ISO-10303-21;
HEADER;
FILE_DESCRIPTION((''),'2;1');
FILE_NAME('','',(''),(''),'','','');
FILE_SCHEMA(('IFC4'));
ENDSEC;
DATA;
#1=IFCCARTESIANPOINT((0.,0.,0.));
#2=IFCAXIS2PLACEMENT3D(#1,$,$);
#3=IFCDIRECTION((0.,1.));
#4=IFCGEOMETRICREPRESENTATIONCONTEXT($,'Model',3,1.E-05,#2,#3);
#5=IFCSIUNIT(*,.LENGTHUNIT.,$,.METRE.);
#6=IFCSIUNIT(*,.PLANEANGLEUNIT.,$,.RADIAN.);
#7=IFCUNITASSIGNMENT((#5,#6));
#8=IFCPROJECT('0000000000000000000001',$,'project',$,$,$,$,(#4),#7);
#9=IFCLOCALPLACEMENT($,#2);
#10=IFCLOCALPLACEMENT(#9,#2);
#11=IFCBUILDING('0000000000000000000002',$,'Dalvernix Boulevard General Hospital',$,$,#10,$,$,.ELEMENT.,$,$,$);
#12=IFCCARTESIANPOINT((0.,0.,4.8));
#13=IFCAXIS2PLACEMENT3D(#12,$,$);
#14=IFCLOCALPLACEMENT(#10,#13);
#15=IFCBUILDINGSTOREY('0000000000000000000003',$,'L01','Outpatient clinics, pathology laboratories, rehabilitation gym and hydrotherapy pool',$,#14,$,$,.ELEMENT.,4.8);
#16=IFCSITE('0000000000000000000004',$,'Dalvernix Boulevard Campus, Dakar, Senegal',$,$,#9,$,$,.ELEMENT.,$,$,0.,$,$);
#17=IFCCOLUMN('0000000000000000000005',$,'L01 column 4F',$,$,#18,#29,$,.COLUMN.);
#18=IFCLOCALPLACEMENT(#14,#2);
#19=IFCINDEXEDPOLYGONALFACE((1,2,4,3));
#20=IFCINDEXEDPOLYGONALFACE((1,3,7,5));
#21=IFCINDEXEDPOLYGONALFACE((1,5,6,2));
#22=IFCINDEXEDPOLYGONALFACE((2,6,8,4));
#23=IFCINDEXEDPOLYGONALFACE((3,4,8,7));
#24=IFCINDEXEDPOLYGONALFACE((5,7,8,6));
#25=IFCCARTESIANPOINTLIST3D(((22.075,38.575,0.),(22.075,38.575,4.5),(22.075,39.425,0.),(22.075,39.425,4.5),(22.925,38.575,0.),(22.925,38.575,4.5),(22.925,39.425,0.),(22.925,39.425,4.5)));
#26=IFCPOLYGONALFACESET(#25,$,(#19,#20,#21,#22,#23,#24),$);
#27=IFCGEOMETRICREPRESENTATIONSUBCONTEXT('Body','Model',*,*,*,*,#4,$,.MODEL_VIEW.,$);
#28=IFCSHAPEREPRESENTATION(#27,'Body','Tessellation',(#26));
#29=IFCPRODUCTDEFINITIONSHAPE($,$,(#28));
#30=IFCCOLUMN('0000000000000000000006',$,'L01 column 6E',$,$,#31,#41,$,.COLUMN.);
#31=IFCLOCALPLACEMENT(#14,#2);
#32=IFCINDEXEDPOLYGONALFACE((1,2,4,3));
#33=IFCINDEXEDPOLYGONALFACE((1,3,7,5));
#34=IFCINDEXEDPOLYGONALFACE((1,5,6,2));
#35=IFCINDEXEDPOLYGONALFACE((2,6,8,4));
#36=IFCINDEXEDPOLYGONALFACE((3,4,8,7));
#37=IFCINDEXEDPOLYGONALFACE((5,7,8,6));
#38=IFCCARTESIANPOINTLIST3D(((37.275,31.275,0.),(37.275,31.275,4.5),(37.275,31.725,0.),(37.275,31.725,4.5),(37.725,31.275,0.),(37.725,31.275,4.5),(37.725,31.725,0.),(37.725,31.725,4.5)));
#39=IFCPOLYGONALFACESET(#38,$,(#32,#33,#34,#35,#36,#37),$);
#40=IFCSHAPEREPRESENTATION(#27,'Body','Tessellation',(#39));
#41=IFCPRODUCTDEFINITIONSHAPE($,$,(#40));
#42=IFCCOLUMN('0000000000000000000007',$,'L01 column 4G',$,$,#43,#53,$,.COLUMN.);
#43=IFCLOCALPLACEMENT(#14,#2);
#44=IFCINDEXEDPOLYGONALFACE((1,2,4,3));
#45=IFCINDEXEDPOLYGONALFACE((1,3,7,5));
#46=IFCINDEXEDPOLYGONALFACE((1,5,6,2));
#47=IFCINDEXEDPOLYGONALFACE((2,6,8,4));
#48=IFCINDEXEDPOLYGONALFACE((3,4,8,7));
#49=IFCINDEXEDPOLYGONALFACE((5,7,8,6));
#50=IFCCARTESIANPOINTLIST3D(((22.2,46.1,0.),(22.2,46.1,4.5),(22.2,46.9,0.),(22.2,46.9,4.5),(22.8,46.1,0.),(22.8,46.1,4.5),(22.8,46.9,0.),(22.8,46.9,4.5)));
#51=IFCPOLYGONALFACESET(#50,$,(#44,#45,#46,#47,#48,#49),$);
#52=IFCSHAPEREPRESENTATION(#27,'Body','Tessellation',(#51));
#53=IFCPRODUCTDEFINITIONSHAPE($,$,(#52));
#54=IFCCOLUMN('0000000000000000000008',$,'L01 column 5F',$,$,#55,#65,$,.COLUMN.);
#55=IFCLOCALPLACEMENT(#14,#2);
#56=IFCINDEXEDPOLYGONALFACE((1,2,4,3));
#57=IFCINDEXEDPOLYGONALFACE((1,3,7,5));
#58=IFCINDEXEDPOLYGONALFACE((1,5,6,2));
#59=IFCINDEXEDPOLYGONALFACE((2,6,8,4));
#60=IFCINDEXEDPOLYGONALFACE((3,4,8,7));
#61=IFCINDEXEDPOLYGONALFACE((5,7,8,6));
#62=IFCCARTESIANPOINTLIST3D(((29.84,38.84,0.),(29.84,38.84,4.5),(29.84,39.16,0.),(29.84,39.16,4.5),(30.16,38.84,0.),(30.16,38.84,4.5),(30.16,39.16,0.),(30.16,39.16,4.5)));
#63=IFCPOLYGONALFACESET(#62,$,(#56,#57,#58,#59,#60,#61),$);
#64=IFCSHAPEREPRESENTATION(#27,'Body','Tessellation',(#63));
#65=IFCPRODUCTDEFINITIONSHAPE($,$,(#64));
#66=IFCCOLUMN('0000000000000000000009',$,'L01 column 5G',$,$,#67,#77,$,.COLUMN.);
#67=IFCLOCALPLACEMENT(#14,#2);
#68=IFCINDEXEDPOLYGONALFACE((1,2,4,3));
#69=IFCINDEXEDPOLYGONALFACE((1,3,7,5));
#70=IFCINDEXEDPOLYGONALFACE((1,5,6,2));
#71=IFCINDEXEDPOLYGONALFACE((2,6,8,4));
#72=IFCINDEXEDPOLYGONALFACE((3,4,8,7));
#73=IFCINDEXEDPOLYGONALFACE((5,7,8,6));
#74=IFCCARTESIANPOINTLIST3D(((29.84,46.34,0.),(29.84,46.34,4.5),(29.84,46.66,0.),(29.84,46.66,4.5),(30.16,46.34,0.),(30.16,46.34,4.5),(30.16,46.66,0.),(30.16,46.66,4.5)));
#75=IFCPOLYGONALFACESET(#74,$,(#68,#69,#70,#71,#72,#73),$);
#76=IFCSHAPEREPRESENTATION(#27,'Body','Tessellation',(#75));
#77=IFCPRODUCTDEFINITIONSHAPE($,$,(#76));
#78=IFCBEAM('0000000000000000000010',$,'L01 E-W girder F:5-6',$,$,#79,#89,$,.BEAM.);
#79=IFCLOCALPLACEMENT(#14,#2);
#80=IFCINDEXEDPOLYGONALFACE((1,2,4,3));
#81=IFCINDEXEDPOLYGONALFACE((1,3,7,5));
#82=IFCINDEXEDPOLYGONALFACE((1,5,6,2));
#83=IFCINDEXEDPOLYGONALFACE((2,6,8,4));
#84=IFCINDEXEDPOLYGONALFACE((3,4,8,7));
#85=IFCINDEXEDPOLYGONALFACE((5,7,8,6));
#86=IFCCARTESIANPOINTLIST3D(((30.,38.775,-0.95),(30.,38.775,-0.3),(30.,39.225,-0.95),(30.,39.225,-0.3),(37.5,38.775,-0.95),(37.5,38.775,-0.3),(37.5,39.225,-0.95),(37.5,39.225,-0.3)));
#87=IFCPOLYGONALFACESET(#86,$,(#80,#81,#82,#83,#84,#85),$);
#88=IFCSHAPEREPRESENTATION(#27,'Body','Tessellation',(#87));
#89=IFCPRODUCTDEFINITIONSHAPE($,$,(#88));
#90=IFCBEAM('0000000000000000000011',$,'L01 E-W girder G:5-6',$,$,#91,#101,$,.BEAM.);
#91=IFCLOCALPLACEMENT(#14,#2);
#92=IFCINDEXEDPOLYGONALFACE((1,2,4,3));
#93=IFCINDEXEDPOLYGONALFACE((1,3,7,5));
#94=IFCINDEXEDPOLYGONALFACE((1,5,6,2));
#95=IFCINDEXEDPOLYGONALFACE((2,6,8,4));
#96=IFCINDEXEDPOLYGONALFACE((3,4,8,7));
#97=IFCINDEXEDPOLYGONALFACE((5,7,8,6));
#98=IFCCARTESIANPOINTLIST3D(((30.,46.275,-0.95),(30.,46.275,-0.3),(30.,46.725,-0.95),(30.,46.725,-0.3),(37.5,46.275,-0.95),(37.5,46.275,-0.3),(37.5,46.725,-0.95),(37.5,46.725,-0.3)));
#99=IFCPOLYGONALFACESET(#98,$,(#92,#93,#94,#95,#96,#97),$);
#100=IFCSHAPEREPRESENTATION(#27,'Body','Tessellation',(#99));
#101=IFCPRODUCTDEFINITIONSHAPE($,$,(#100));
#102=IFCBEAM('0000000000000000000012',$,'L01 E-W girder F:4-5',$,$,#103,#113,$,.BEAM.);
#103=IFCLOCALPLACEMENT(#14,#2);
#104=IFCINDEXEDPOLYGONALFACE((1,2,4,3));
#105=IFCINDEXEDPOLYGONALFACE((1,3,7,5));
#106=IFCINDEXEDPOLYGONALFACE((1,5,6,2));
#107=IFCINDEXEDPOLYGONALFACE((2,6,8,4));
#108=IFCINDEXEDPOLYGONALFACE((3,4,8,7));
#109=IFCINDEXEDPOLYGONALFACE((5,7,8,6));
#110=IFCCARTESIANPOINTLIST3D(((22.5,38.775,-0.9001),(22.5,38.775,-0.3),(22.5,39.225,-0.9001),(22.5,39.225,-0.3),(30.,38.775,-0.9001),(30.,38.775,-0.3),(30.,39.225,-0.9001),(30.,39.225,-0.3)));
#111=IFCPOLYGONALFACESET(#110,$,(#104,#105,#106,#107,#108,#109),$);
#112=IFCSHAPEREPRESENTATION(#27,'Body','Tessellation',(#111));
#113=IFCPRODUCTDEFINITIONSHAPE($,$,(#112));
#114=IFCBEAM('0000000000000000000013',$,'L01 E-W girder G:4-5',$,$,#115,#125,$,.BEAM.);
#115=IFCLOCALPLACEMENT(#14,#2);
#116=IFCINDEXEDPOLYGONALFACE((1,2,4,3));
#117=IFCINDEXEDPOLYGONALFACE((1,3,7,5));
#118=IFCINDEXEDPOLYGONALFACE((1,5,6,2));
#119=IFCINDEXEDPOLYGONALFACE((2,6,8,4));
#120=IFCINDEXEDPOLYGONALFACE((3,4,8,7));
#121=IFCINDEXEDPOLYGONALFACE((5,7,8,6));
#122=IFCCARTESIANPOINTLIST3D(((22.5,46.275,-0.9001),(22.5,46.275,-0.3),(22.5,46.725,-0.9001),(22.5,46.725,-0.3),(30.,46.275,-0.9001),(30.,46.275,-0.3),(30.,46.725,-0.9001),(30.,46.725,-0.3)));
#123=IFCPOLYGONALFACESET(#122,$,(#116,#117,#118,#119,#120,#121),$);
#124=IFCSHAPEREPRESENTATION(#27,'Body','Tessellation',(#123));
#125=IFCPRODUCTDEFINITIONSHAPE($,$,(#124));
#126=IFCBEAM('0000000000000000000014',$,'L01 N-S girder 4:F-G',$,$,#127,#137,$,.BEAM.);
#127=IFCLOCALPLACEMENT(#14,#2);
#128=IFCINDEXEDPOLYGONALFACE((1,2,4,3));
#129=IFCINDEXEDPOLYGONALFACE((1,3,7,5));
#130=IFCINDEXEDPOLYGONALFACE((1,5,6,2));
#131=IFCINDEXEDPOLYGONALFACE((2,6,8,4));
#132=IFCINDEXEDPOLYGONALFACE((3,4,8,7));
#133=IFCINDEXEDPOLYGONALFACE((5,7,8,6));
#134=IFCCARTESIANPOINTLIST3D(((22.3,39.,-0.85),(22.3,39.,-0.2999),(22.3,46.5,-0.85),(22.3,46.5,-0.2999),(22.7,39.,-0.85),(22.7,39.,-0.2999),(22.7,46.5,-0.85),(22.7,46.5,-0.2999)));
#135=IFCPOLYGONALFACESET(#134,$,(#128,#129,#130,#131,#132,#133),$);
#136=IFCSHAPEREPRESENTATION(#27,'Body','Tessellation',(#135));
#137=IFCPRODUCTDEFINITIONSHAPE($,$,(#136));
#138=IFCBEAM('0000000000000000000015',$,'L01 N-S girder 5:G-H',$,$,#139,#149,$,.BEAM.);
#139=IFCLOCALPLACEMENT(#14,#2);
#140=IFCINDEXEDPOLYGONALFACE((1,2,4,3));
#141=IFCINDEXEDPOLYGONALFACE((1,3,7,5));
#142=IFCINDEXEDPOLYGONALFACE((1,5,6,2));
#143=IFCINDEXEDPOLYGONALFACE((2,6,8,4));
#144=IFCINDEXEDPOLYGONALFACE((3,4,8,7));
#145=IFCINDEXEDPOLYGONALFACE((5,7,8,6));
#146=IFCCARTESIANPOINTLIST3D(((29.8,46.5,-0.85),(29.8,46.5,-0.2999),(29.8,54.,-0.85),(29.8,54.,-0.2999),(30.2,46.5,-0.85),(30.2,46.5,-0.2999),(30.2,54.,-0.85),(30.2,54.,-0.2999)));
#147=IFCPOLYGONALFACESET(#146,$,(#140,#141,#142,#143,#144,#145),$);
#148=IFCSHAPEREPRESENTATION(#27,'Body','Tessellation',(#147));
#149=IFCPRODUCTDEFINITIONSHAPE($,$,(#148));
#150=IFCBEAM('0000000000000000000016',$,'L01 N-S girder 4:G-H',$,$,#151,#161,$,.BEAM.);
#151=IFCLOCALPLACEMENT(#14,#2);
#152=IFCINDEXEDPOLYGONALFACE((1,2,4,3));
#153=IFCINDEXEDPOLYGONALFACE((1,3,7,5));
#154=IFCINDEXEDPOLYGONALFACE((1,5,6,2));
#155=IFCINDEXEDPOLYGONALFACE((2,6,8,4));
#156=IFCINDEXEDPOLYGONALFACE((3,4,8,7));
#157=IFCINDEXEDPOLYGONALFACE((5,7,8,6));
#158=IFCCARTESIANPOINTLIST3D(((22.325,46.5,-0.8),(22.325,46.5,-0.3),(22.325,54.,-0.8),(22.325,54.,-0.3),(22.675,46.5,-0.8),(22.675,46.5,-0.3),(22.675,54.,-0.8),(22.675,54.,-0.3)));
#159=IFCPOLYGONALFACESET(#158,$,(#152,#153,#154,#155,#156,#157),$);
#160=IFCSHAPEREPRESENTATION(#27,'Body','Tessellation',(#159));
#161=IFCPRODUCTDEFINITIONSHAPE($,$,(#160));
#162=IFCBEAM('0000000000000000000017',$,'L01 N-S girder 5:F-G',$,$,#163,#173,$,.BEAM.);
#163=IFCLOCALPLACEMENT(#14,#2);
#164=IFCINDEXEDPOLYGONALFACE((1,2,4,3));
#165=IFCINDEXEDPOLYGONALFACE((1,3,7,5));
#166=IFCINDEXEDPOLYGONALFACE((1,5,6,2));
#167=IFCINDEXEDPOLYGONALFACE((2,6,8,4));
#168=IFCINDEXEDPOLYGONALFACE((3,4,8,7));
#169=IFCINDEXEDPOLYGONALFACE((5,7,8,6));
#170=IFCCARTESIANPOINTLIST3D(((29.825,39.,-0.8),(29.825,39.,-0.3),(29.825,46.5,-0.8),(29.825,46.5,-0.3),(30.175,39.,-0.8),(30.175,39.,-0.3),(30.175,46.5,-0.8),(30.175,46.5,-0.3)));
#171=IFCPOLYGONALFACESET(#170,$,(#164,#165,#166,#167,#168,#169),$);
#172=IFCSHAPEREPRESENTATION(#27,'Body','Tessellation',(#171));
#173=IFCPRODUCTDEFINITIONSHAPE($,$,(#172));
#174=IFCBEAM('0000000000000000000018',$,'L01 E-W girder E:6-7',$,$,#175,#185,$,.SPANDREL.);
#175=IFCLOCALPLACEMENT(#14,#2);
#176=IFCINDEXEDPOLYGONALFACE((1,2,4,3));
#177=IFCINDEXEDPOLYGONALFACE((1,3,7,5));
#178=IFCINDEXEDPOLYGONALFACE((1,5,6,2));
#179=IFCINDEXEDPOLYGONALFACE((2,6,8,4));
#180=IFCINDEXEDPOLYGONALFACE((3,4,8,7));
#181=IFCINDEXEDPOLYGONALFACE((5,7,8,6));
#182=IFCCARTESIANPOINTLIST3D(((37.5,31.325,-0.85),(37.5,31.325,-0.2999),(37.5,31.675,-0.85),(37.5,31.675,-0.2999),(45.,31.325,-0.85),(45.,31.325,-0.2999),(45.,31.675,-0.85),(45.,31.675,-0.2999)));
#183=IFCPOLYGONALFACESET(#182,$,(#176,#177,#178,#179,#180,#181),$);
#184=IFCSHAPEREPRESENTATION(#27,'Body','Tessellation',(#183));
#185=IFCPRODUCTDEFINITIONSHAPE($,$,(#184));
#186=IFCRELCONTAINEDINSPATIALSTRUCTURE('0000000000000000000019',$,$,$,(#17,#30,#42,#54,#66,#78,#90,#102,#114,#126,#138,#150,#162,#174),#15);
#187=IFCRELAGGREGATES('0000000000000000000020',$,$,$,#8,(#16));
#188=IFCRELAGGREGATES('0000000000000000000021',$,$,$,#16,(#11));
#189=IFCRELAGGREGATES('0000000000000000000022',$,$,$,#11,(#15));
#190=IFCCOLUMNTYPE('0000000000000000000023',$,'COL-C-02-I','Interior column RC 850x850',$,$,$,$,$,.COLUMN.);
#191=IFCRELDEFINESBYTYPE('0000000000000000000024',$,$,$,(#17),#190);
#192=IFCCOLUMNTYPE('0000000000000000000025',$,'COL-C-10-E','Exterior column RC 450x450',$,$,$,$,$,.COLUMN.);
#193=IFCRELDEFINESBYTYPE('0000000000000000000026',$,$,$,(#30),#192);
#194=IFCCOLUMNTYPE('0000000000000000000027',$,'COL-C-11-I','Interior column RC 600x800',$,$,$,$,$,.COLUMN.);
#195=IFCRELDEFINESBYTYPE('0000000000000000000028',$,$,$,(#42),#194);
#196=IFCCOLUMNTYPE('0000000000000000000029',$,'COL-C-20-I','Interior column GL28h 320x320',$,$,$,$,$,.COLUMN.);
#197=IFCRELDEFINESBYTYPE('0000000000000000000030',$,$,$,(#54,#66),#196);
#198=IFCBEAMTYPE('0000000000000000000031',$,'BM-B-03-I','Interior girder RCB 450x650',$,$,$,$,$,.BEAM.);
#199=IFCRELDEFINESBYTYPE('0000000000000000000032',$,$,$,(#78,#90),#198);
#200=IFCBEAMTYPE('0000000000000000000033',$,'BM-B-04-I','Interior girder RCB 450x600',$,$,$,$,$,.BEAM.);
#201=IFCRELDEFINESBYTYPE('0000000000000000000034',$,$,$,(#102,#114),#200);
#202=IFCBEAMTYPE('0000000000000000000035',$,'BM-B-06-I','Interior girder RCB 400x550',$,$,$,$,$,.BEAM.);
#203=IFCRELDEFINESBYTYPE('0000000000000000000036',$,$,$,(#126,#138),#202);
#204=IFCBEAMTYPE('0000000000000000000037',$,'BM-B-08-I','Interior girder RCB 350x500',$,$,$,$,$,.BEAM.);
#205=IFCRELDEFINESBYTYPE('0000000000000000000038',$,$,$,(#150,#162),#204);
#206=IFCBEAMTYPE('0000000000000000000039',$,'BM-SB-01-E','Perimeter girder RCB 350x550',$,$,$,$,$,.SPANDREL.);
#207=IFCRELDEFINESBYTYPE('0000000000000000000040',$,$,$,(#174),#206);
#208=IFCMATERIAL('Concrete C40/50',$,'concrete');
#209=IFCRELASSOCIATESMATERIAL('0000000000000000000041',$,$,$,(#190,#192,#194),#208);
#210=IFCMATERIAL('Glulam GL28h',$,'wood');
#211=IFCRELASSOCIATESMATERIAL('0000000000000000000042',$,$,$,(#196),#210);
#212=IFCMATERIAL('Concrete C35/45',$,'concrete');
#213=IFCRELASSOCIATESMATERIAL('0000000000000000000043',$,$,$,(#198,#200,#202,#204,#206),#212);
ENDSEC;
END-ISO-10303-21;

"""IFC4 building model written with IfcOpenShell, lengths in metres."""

from ifc_helpers import new_model, si_unit, direction, frame, origin, origin_2d, place, context, subcontext, project, spatial, rectangle, extrude, material, material_profile, profile_set, type_object, element, save


model = new_model("IFC4")

# Units and contexts
model_context = context("Model", 3, precision=1e-05, world=origin(), true_north=direction((0.0, 1.0)))
body_context = subcontext(model_context, "Body", "Model", "MODEL_VIEW")
ifc_project = project(units=[si_unit("LENGTHUNIT", "METRE"), si_unit("PLANEANGLEUNIT", "RADIAN")], contexts=[model_context])

# Site, building, storey
site_placement = place(None, origin())
site = spatial("IfcSite", under=ifc_project, at=site_placement, Name="Dalvernix Boulevard Campus, Dakar, Senegal", CompositionType="ELEMENT", RefElevation=0.0)
building_placement = place(site_placement, origin())
building = spatial("IfcBuilding", under=site, at=building_placement, Name="Dalvernix Boulevard General Hospital", CompositionType="ELEMENT")
storey_placement = place(building_placement, frame((0.0, 0.0, 4.8)))
storey = spatial("IfcBuildingStorey", under=building, at=storey_placement, Name="L01", Description="Outpatient clinics, pathology laboratories, rehabilitation gym and hydrotherapy pool", CompositionType="ELEMENT", Elevation=4.8)

# Columns
ifc_material_1 = material(Name="Concrete C40/50", Category="concrete")
ifc_material_profile_1 = material_profile(ifc_material_1, rectangle(XDim=0.8501, YDim=0.8501, at=origin_2d()), Name="RC 850x850")
ifc_profile_set_1 = profile_set([ifc_material_profile_1], Name="Concrete C40/50")
column_type_1 = type_object("IfcColumnType", Name="COL-C-02-I", Description="Interior column RC 850x850", PredefinedType="COLUMN", material=ifc_profile_set_1)
column_1_placement = place(storey_placement, frame((22.5, 39.0, 0.0), z_axis=(0.0, 0.0, 1.0), x_axis=(1.0, 0.0, 0.0)))
element("IfcColumn", 1, at=column_1_placement, inside=storey, type_object=column_type_1, Name="L01 column 4F", PredefinedType="COLUMN", context=body_context, shape_type="SweptSolid", body=[
    extrude(rectangle(XDim=0.8501, YDim=0.8501, at=origin_2d()), origin(), (0.0, 0.0, 1.0), 4.5),
])
ifc_material_profile_2 = material_profile(ifc_material_1, rectangle(XDim=0.45, YDim=0.45, at=origin_2d()), Name="RC 450x450")
ifc_profile_set_2 = profile_set([ifc_material_profile_2], Name="Concrete C40/50")
column_type_2 = type_object("IfcColumnType", Name="COL-C-10-E", Description="Exterior column RC 450x450", PredefinedType="COLUMN", material=ifc_profile_set_2)
column_2_placement = place(storey_placement, frame((37.5, 31.5, 0.0), z_axis=(0.0, 0.0, 1.0), x_axis=(1.0, 0.0, 0.0)))
element("IfcColumn", 2, at=column_2_placement, inside=storey, type_object=column_type_2, Name="L01 column 6E", PredefinedType="COLUMN", context=body_context, shape_type="SweptSolid", body=[
    extrude(rectangle(XDim=0.45, YDim=0.45, at=origin_2d()), origin(), (0.0, 0.0, 1.0), 4.5),
])
ifc_material_profile_3 = material_profile(ifc_material_1, rectangle(XDim=0.6001, YDim=0.8, at=origin_2d()), Name="RC 600x800")
ifc_profile_set_3 = profile_set([ifc_material_profile_3], Name="Concrete C40/50")
column_type_3 = type_object("IfcColumnType", Name="COL-C-11-I", Description="Interior column RC 600x800", PredefinedType="COLUMN", material=ifc_profile_set_3)
column_3_placement = place(storey_placement, frame((22.5, 46.5, 0.0), z_axis=(0.0, 0.0, 1.0), x_axis=(1.0, 0.0, 0.0)))
element("IfcColumn", 3, at=column_3_placement, inside=storey, type_object=column_type_3, Name="L01 column 4G", PredefinedType="COLUMN", context=body_context, shape_type="SweptSolid", body=[
    extrude(rectangle(XDim=0.6001, YDim=0.8, at=origin_2d()), origin(), (0.0, 0.0, 1.0), 4.5),
])
ifc_material_2 = material(Name="Glulam GL28h", Category="wood")
ifc_material_profile_4 = material_profile(ifc_material_2, rectangle(XDim=0.3201, YDim=0.3201, at=origin_2d()), Name="GL28h 320x320")
ifc_profile_set_4 = profile_set([ifc_material_profile_4], Name="Glulam GL28h")
column_type_4 = type_object("IfcColumnType", Name="COL-C-20-I", Description="Interior column GL28h 320x320", PredefinedType="COLUMN", material=ifc_profile_set_4)
for number, where, z_axis, x_axis, name in (
    (4, (30.0, 39.0, 0.0), (0.0, 0.0, 1.0), (1.0, 0.0, 0.0), "L01 column 5F"),
    (5, (30.0, 46.5, 0.0), (0.0, 0.0, 1.0), (1.0, 0.0, 0.0), "L01 column 5G"),
):
    element("IfcColumn", number, at=place(storey_placement, frame(where, z_axis=z_axis, x_axis=x_axis)), inside=storey, type_object=column_type_4, Name=name, PredefinedType="COLUMN", context=body_context, shape_type="SweptSolid", body=[
        extrude(rectangle(XDim=0.3201, YDim=0.3201, at=origin_2d()), origin(), (0.0, 0.0, 1.0), 4.5),
    ])

# Beams
ifc_material_3 = material(Name="Concrete C35/45", Category="concrete")
ifc_material_profile_5 = material_profile(ifc_material_3, rectangle(XDim=0.45, YDim=0.6499, at=origin_2d()), Name="RCB 450x650")
ifc_profile_set_5 = profile_set([ifc_material_profile_5], Name="Concrete C35/45")
beam_type_1 = type_object("IfcBeamType", Name="BM-B-03-I", Description="Interior girder RCB 450x650", PredefinedType="BEAM", material=ifc_profile_set_5)
for number, where, z_axis, x_axis, name in (
    (6, (30.0, 39.0, -0.625), (1.0, 0.0, 0.0), (0.0, 1.0, 0.0), "L01 E-W girder F:5-6"),
    (7, (30.0, 46.5, -0.625), (1.0, 0.0, 0.0), (0.0, 1.0, 0.0), "L01 E-W girder G:5-6"),
):
    element("IfcBeam", number, at=place(storey_placement, frame(where, z_axis=z_axis, x_axis=x_axis)), inside=storey, type_object=beam_type_1, Name=name, PredefinedType="BEAM", context=body_context, shape_type="SweptSolid", body=[
        extrude(rectangle(XDim=0.45, YDim=0.6499, at=origin_2d()), origin(), (0.0, 0.0, 1.0), 7.5),
    ])
ifc_material_profile_6 = material_profile(ifc_material_3, rectangle(XDim=0.45, YDim=0.6001, at=origin_2d()), Name="RCB 450x600")
ifc_profile_set_6 = profile_set([ifc_material_profile_6], Name="Concrete C35/45")
beam_type_2 = type_object("IfcBeamType", Name="BM-B-04-I", Description="Interior girder RCB 450x600", PredefinedType="BEAM", material=ifc_profile_set_6)
for number, where, z_axis, x_axis, name in (
    (8, (22.5, 39.0, -0.6001), (1.0, 0.0, 0.0), (0.0, 1.0, 0.0), "L01 E-W girder F:4-5"),
    (9, (22.5, 46.5, -0.6001), (1.0, 0.0, 0.0), (0.0, 1.0, 0.0), "L01 E-W girder G:4-5"),
):
    element("IfcBeam", number, at=place(storey_placement, frame(where, z_axis=z_axis, x_axis=x_axis)), inside=storey, type_object=beam_type_2, Name=name, PredefinedType="BEAM", context=body_context, shape_type="SweptSolid", body=[
        extrude(rectangle(XDim=0.45, YDim=0.6001, at=origin_2d()), origin(), (0.0, 0.0, 1.0), 7.5),
    ])
ifc_material_profile_7 = material_profile(ifc_material_3, rectangle(XDim=0.3999, YDim=0.55, at=origin_2d()), Name="RCB 400x550")
ifc_profile_set_7 = profile_set([ifc_material_profile_7], Name="Concrete C35/45")
beam_type_3 = type_object("IfcBeamType", Name="BM-B-06-I", Description="Interior girder RCB 400x550", PredefinedType="BEAM", material=ifc_profile_set_7)
for number, where, z_axis, x_axis, name in (
    (10, (22.5, 39.0, -0.575), (0.0, 1.0, 0.0), (-1.0, 0.0, 0.0), "L01 N-S girder 4:F-G"),
    (11, (30.0, 46.5, -0.575), (0.0, 1.0, 0.0), (-1.0, 0.0, 0.0), "L01 N-S girder 5:G-H"),
):
    element("IfcBeam", number, at=place(storey_placement, frame(where, z_axis=z_axis, x_axis=x_axis)), inside=storey, type_object=beam_type_3, Name=name, PredefinedType="BEAM", context=body_context, shape_type="SweptSolid", body=[
        extrude(rectangle(XDim=0.3999, YDim=0.55, at=origin_2d()), origin(), (0.0, 0.0, 1.0), 7.5),
    ])
ifc_material_profile_8 = material_profile(ifc_material_3, rectangle(XDim=0.3501, YDim=0.5, at=origin_2d()), Name="RCB 350x500")
ifc_profile_set_8 = profile_set([ifc_material_profile_8], Name="Concrete C35/45")
beam_type_4 = type_object("IfcBeamType", Name="BM-B-08-I", Description="Interior girder RCB 350x500", PredefinedType="BEAM", material=ifc_profile_set_8)
for number, where, z_axis, x_axis, name in (
    (12, (22.5, 46.5, -0.55), (0.0, 1.0, 0.0), (-1.0, 0.0, 0.0), "L01 N-S girder 4:G-H"),
    (13, (30.0, 39.0, -0.55), (0.0, 1.0, 0.0), (-1.0, 0.0, 0.0), "L01 N-S girder 5:F-G"),
):
    element("IfcBeam", number, at=place(storey_placement, frame(where, z_axis=z_axis, x_axis=x_axis)), inside=storey, type_object=beam_type_4, Name=name, PredefinedType="BEAM", context=body_context, shape_type="SweptSolid", body=[
        extrude(rectangle(XDim=0.3501, YDim=0.5, at=origin_2d()), origin(), (0.0, 0.0, 1.0), 7.5),
    ])
ifc_material_profile_9 = material_profile(ifc_material_3, rectangle(XDim=0.3501, YDim=0.55, at=origin_2d()), Name="RCB 350x550")
ifc_profile_set_9 = profile_set([ifc_material_profile_9], Name="Concrete C35/45")
beam_type_5 = type_object("IfcBeamType", Name="BM-SB-01-E", Description="Perimeter girder RCB 350x550", PredefinedType="SPANDREL", material=ifc_profile_set_9)
beam_1_placement = place(storey_placement, frame((37.5, 31.5, -0.575), z_axis=(1.0, 0.0, 0.0), x_axis=(0.0, 1.0, 0.0)))
element("IfcBeam", 14, at=beam_1_placement, inside=storey, type_object=beam_type_5, Name="L01 E-W girder E:6-7", PredefinedType="SPANDREL", context=body_context, shape_type="SweptSolid", body=[
    extrude(rectangle(XDim=0.3501, YDim=0.55, at=origin_2d()), origin(), (0.0, 0.0, 1.0), 7.5),
])

save(model, "model.ifc")
